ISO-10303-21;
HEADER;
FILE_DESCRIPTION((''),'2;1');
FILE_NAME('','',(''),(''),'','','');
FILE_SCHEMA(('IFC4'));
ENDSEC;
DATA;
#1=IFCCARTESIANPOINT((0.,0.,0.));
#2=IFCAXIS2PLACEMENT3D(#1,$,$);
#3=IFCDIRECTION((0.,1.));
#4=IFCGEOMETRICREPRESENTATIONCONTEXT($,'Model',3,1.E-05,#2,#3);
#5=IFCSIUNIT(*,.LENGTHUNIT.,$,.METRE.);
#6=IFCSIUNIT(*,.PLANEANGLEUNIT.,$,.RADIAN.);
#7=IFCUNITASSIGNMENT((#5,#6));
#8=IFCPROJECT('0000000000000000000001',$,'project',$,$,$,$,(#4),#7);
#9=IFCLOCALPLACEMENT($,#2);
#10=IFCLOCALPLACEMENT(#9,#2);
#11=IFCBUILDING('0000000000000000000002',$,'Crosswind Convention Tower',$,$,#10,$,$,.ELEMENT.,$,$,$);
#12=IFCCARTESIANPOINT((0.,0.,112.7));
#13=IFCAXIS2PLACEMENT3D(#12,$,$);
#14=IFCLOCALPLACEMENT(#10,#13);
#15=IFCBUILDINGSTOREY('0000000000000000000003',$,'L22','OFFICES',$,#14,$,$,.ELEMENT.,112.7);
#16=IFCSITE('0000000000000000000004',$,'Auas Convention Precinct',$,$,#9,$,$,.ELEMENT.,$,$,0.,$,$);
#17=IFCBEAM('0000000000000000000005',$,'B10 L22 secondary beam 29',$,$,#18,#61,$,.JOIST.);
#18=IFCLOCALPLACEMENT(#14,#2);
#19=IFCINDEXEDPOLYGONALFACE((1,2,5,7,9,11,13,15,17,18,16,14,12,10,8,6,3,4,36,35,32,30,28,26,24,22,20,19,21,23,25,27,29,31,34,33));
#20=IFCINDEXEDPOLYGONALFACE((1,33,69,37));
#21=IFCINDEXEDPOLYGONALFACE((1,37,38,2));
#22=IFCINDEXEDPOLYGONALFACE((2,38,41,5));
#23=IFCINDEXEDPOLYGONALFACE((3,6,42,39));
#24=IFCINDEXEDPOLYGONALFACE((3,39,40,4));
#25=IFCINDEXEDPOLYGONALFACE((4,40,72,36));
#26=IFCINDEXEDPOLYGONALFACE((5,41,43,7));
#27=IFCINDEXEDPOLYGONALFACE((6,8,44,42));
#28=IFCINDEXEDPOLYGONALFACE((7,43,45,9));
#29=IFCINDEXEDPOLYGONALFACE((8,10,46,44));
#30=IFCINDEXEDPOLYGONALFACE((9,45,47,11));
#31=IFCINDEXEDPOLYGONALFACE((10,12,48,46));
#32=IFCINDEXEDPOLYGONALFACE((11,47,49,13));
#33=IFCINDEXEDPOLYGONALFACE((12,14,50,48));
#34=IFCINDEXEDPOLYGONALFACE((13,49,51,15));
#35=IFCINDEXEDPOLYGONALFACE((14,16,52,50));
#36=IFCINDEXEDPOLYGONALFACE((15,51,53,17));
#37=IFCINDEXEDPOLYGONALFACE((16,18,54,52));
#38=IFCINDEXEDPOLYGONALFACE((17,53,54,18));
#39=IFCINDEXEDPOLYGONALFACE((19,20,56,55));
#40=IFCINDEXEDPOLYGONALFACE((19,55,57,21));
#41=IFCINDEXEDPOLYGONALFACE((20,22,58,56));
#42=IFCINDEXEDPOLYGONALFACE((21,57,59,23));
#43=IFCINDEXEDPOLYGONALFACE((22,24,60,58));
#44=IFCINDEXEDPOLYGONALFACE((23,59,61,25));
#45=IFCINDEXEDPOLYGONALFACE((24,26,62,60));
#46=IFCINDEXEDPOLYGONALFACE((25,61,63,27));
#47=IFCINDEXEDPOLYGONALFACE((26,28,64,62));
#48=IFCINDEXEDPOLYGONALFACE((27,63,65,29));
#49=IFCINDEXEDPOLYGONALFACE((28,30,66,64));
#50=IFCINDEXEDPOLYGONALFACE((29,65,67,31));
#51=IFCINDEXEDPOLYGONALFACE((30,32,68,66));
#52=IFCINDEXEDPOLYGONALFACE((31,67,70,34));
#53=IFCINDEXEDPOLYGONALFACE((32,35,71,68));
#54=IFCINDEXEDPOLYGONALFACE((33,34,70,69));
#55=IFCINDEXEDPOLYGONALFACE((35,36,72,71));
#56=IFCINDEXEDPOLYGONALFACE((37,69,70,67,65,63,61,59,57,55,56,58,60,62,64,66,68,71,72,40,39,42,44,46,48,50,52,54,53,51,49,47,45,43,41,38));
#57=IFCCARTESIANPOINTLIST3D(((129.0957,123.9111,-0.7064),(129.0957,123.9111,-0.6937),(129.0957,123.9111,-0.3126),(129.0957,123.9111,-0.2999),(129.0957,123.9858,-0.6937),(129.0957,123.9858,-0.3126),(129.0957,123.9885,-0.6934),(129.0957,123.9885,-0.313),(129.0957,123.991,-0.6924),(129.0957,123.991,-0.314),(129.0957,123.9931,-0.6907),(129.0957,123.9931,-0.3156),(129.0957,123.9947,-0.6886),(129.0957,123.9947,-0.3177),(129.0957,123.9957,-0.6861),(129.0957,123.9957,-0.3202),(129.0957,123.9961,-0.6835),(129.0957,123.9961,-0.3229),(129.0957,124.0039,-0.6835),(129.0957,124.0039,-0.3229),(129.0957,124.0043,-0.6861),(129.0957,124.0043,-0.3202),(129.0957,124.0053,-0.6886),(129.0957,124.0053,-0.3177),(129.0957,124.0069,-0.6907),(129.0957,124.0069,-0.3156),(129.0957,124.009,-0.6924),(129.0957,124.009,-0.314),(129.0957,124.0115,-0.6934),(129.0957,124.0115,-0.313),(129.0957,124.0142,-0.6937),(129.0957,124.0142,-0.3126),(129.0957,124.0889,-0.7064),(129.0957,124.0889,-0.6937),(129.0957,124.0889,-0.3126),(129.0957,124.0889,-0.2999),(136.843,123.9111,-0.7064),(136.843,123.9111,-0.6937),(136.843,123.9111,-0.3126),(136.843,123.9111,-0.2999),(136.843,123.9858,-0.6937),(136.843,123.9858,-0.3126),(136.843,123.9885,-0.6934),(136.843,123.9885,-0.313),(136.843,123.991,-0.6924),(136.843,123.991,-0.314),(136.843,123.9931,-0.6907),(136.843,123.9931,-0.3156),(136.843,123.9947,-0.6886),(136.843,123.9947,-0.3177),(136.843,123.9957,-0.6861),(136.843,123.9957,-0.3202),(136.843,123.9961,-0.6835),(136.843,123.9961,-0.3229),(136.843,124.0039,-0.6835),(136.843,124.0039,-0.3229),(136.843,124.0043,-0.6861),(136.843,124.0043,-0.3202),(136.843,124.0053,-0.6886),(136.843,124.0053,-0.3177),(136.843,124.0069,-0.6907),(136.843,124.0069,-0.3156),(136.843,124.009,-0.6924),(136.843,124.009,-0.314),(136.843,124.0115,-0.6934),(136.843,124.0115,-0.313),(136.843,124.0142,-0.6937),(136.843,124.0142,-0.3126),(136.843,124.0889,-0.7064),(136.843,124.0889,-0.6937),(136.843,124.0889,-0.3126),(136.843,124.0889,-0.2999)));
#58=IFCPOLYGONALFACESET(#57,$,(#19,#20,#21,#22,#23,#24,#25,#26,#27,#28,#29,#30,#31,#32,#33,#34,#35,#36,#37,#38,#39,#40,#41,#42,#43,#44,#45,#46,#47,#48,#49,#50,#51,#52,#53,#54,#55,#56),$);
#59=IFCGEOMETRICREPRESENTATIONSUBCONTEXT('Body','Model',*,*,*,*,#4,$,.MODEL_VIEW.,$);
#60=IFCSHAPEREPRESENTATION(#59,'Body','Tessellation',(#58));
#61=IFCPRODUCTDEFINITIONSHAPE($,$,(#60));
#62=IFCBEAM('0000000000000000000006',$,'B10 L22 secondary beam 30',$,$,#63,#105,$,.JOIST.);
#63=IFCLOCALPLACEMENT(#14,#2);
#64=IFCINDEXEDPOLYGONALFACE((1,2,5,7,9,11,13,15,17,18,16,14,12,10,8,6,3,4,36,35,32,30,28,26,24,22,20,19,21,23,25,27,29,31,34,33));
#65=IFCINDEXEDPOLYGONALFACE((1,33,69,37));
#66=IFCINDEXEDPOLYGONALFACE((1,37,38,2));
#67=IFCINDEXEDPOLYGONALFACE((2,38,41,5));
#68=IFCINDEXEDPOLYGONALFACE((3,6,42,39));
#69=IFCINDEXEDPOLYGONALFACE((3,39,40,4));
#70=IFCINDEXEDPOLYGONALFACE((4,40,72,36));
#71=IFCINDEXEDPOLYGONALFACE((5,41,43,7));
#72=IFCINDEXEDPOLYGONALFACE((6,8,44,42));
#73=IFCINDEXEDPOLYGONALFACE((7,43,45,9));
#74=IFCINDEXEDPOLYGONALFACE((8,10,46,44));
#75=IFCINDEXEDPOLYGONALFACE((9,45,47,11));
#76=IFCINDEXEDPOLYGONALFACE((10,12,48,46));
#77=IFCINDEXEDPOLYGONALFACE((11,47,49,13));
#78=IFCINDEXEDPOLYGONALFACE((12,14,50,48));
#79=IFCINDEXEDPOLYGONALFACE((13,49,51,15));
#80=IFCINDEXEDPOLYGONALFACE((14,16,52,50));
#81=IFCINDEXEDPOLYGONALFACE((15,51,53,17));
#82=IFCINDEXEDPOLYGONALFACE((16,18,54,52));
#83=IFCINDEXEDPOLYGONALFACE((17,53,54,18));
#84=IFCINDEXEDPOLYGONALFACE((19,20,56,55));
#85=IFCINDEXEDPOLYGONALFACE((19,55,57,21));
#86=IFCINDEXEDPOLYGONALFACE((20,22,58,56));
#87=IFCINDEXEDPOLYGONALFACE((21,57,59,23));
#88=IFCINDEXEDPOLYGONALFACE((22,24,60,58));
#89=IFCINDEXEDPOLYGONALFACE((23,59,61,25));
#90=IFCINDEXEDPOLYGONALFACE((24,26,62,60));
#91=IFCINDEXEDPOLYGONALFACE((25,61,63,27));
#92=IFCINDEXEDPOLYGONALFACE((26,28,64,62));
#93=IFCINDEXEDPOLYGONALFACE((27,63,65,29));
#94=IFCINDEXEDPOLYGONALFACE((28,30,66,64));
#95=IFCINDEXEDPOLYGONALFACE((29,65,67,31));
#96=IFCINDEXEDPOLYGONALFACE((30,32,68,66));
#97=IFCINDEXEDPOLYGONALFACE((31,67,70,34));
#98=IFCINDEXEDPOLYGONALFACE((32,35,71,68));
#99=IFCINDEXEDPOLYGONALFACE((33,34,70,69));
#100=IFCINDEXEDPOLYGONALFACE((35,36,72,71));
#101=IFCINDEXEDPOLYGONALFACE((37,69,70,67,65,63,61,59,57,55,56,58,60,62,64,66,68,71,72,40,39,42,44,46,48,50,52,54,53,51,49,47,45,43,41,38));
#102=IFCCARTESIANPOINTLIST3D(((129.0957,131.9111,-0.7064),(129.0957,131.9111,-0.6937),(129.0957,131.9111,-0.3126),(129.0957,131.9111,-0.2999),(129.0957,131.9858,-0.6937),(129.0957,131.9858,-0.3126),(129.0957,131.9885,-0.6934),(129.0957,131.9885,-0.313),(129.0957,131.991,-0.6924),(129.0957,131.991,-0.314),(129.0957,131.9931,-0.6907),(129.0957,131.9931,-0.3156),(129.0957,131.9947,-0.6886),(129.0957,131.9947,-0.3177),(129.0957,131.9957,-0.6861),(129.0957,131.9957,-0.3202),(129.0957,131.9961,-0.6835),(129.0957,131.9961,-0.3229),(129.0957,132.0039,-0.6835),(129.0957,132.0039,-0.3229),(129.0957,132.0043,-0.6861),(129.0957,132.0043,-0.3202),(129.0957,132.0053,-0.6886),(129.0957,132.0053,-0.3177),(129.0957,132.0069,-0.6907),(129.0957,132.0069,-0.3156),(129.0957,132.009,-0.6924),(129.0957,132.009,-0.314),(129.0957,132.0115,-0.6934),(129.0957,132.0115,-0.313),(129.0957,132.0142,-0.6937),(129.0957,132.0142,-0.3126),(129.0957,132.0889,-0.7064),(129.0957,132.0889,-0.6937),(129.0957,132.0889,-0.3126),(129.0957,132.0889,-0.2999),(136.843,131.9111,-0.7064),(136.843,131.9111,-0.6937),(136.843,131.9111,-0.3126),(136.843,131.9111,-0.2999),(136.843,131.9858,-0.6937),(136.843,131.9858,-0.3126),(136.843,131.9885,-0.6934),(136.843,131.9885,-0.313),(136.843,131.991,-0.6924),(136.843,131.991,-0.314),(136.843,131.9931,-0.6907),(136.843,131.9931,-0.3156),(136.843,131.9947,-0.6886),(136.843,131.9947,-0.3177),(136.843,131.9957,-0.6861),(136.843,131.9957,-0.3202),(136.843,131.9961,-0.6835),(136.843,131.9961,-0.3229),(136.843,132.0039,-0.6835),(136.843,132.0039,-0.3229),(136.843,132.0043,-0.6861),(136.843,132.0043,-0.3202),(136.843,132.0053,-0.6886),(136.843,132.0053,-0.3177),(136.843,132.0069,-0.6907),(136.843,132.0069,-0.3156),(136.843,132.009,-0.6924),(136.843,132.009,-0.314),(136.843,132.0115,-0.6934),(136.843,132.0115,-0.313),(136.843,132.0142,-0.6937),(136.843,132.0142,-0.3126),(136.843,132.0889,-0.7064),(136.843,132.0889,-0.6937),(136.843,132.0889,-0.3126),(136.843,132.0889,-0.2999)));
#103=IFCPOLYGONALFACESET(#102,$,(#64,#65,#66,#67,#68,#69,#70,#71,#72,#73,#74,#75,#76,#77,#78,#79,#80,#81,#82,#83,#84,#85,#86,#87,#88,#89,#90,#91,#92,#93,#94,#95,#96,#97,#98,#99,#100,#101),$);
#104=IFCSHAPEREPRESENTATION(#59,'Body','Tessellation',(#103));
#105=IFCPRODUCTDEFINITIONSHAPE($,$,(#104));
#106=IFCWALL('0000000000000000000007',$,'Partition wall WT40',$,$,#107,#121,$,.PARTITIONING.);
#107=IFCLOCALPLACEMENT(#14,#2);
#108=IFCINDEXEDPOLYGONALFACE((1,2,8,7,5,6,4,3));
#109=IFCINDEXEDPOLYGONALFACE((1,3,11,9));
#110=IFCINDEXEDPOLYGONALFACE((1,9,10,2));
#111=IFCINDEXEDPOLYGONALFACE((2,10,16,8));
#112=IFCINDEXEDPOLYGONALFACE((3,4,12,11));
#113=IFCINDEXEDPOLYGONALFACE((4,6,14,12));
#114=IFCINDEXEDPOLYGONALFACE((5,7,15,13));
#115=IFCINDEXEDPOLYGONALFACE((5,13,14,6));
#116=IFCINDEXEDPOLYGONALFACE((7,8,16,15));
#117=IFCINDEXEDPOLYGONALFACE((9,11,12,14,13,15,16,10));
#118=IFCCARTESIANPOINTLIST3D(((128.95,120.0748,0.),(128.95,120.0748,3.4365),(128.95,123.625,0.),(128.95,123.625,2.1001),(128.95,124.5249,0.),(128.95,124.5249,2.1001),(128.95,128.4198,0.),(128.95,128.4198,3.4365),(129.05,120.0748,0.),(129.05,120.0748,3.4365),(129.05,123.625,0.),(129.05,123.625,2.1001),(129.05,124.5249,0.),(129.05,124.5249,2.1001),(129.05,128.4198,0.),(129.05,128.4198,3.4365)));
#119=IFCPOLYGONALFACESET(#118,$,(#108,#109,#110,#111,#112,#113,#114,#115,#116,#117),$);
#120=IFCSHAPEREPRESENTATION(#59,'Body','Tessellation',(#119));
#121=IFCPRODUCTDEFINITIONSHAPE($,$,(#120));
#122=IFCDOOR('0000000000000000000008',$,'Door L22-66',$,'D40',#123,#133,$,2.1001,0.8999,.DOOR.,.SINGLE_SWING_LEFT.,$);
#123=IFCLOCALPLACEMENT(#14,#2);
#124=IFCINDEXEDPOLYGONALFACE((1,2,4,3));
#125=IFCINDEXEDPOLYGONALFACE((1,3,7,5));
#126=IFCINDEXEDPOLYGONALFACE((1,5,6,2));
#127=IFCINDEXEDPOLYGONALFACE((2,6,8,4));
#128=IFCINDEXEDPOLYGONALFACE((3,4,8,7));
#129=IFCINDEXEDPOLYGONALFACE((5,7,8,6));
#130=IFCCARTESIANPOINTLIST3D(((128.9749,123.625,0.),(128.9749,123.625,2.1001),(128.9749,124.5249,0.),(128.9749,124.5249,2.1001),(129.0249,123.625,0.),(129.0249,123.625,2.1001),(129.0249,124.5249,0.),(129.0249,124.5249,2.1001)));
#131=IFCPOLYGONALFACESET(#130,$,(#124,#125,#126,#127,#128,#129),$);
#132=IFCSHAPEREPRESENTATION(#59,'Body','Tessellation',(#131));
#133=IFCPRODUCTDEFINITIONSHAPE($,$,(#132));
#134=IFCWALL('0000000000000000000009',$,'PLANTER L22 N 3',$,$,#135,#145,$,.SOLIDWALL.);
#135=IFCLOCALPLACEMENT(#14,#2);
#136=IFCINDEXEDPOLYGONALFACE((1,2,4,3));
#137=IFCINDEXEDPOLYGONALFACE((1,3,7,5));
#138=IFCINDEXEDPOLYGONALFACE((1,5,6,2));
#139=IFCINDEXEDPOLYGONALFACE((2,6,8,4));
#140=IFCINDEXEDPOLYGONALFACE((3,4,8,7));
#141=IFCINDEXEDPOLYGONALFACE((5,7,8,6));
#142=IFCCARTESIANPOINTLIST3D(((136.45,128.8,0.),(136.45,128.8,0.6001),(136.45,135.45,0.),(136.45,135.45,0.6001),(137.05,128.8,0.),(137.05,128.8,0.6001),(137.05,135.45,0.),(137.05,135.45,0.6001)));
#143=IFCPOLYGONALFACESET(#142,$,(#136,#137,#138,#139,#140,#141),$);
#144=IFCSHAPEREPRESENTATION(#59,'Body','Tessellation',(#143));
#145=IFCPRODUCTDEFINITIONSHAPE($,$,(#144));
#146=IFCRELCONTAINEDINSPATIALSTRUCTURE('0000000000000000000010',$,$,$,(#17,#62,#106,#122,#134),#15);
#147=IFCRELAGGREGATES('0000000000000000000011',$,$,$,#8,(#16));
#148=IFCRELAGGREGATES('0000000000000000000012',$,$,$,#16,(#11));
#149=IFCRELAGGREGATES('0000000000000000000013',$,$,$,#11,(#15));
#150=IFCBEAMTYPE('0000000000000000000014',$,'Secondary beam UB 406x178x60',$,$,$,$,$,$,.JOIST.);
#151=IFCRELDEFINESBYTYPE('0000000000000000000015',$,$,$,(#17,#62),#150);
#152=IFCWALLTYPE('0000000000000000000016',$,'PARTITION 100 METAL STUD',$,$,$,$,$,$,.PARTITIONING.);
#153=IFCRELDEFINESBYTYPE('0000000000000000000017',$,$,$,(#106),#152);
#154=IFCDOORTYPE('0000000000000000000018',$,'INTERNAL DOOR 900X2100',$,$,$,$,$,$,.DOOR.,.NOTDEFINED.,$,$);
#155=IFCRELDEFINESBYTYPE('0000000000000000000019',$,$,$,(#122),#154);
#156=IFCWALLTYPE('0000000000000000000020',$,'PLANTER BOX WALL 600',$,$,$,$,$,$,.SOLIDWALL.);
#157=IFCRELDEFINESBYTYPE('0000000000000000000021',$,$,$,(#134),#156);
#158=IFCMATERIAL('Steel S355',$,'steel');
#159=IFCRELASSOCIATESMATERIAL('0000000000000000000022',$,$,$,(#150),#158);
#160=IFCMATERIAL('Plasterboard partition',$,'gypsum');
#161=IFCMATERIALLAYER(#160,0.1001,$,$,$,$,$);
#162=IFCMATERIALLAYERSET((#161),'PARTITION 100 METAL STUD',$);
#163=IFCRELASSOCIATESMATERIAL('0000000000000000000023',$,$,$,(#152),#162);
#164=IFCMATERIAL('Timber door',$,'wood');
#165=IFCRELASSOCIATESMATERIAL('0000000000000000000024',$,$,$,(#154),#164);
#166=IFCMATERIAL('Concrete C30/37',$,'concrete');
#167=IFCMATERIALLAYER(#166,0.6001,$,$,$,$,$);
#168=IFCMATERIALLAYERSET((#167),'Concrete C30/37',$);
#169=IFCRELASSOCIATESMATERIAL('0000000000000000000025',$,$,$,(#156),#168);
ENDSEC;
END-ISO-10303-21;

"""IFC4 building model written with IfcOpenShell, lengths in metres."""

from ifc_helpers import new_model, si_unit, direction, frame, frame_2d, origin, origin_2d, place, context, subcontext, project, spatial, rectangle, i_section, extrude, material, layer, layer_set, material_profile, profile_set, type_object, element, fill, save


model = new_model("IFC4")

# Units and contexts
model_context = context("Model", 3, precision=1e-05, world=origin(), true_north=direction((0.0, 1.0)))
body_context = subcontext(model_context, "Body", "Model", "MODEL_VIEW")
ifc_project = project(units=[si_unit("LENGTHUNIT", "METRE"), si_unit("PLANEANGLEUNIT", "RADIAN")], contexts=[model_context])

# Site, building, storey
site_placement = place(None, origin())
site = spatial("IfcSite", under=ifc_project, at=site_placement, Name="Auas Convention Precinct", CompositionType="ELEMENT", RefElevation=0.0)
building_placement = place(site_placement, origin())
building = spatial("IfcBuilding", under=site, at=building_placement, Name="Crosswind Convention Tower", CompositionType="ELEMENT")
storey_placement = place(building_placement, frame((0.0, 0.0, 112.7)))
storey = spatial("IfcBuildingStorey", under=building, at=storey_placement, Name="L22", Description="OFFICES", CompositionType="ELEMENT", Elevation=112.7)

# Beams
ifc_material_1 = material(Name="Steel S355", Category="steel")
ifc_material_profile_1 = material_profile(ifc_material_1, i_section(OverallWidth=0.1777, OverallDepth=0.4065, WebThickness=0.0078, FlangeThickness=0.0127, FilletRadius=0.0103, at=origin_2d()), Name="UB 406x178x60")
ifc_profile_set_1 = profile_set([ifc_material_profile_1], Name="Steel S355")
beam_type_1 = type_object("IfcBeamType", Name="Secondary beam UB 406x178x60", PredefinedType="JOIST", material=ifc_profile_set_1)
for number, where, z_axis, x_axis, name in (
    (1, (129.0957, 124.0, -0.5032), (1.0, 0.0, 0.0), (0.0, 1.0, 0.0), "B10 L22 secondary beam 29"),
    (2, (129.0957, 132.0, -0.5032), (1.0, 0.0, 0.0), (0.0, 1.0, 0.0), "B10 L22 secondary beam 30"),
):
    element("IfcBeam", number, at=place(storey_placement, frame(where, z_axis=z_axis, x_axis=x_axis)), inside=storey, type_object=beam_type_1, Name=name, PredefinedType="JOIST", context=body_context, shape_type="SweptSolid", body=[
        extrude(i_section(OverallWidth=0.1777, OverallDepth=0.4065, WebThickness=0.0078, FlangeThickness=0.0127, FilletRadius=0.0103, at=origin_2d()), origin(), (0.0, 0.0, 1.0), 7.7473),
    ])

# Wall, opening, door
ifc_material_2 = material(Name="Plasterboard partition", Category="gypsum")
ifc_layer_1 = layer(ifc_material_2, 0.1001)
ifc_layer_set_1 = layer_set([ifc_layer_1], Name="PARTITION 100 METAL STUD")
wall_type_1 = type_object("IfcWallType", Name="PARTITION 100 METAL STUD", PredefinedType="PARTITIONING", material=ifc_layer_set_1)
wall_1_placement = place(storey_placement, frame((129.0, 120.075, 0.0), z_axis=(0.0, 0.0, 1.0), x_axis=(0.0, 1.0, 0.0)))
wall_1 = element("IfcWall", 3, at=wall_1_placement, inside=storey, type_object=wall_type_1, Name="Partition wall WT40", PredefinedType="PARTITIONING", context=body_context, shape_type="SweptSolid", body=[
    extrude(rectangle(XDim=8.345, YDim=0.1001, at=frame_2d((4.1724, 0.0))), origin(), (0.0, 0.0, 1.0), 3.4365),
])
opening_1_placement = place(wall_1_placement, frame((3.55, 0.0, 0.0)))
opening_1 = element("IfcOpeningElement", 4, at=opening_1_placement, cuts=wall_1, PredefinedType="OPENING", context=body_context, shape_type="SweptSolid", body=[
    extrude(rectangle(XDim=0.8999, YDim=2.1001, at=frame_2d((0.45, 1.05))), frame((0.0, 0.0601, 0.0), z_axis=(0.0, -1.0, 0.0), x_axis=(1.0, 0.0, 0.0)), (0.0, 0.0, 1.0), 0.1201),
])
ifc_material_3 = material(Name="Timber door", Category="wood")
door_type_1 = type_object("IfcDoorType", Name="INTERNAL DOOR 900X2100", OperationType="NOTDEFINED", PredefinedType="DOOR", material=ifc_material_3)
door_1_placement = place(opening_1_placement, frame((0.8999, 0.0, 0.0), z_axis=(0.0, 0.0, 1.0), x_axis=(-1.0, 0.0, 0.0)))
door_1 = element("IfcDoor", 5, at=door_1_placement, inside=storey, type_object=door_type_1, Name="Door L22-66", ObjectType="D40", OperationType="SINGLE_SWING_LEFT", OverallHeight=2.1001, OverallWidth=0.8999, PredefinedType="DOOR", context=body_context, shape_type="SweptSolid", body=[
    extrude(rectangle(XDim=0.8999, YDim=2.1001, at=frame_2d((0.45, 1.05))), frame((0.0, 0.0249, 0.0), z_axis=(0.0, -1.0, 0.0), x_axis=(1.0, 0.0, 0.0)), (0.0, 0.0, 1.0), 0.05),
])
fill(opening_1, door_1)

# Wall
ifc_material_4 = material(Name="Concrete C30/37", Category="concrete")
ifc_layer_2 = layer(ifc_material_4, 0.6001)
ifc_layer_set_2 = layer_set([ifc_layer_2], Name="Concrete C30/37")
wall_type_2 = type_object("IfcWallType", Name="PLANTER BOX WALL 600", PredefinedType="SOLIDWALL", material=ifc_layer_set_2)
wall_2_placement = place(storey_placement, frame((136.75, 135.45, 0.0), z_axis=(0.0, 0.0, 1.0), x_axis=(0.0, -1.0, 0.0)))
element("IfcWall", 6, at=wall_2_placement, inside=storey, type_object=wall_type_2, Name="PLANTER L22 N 3", PredefinedType="SOLIDWALL", context=body_context, shape_type="SweptSolid", body=[
    extrude(rectangle(XDim=6.6499, YDim=0.6001, at=frame_2d((3.325, 0.0))), origin(), (0.0, 0.0, 1.0), 0.6001),
])

save(model, "model.ifc")
